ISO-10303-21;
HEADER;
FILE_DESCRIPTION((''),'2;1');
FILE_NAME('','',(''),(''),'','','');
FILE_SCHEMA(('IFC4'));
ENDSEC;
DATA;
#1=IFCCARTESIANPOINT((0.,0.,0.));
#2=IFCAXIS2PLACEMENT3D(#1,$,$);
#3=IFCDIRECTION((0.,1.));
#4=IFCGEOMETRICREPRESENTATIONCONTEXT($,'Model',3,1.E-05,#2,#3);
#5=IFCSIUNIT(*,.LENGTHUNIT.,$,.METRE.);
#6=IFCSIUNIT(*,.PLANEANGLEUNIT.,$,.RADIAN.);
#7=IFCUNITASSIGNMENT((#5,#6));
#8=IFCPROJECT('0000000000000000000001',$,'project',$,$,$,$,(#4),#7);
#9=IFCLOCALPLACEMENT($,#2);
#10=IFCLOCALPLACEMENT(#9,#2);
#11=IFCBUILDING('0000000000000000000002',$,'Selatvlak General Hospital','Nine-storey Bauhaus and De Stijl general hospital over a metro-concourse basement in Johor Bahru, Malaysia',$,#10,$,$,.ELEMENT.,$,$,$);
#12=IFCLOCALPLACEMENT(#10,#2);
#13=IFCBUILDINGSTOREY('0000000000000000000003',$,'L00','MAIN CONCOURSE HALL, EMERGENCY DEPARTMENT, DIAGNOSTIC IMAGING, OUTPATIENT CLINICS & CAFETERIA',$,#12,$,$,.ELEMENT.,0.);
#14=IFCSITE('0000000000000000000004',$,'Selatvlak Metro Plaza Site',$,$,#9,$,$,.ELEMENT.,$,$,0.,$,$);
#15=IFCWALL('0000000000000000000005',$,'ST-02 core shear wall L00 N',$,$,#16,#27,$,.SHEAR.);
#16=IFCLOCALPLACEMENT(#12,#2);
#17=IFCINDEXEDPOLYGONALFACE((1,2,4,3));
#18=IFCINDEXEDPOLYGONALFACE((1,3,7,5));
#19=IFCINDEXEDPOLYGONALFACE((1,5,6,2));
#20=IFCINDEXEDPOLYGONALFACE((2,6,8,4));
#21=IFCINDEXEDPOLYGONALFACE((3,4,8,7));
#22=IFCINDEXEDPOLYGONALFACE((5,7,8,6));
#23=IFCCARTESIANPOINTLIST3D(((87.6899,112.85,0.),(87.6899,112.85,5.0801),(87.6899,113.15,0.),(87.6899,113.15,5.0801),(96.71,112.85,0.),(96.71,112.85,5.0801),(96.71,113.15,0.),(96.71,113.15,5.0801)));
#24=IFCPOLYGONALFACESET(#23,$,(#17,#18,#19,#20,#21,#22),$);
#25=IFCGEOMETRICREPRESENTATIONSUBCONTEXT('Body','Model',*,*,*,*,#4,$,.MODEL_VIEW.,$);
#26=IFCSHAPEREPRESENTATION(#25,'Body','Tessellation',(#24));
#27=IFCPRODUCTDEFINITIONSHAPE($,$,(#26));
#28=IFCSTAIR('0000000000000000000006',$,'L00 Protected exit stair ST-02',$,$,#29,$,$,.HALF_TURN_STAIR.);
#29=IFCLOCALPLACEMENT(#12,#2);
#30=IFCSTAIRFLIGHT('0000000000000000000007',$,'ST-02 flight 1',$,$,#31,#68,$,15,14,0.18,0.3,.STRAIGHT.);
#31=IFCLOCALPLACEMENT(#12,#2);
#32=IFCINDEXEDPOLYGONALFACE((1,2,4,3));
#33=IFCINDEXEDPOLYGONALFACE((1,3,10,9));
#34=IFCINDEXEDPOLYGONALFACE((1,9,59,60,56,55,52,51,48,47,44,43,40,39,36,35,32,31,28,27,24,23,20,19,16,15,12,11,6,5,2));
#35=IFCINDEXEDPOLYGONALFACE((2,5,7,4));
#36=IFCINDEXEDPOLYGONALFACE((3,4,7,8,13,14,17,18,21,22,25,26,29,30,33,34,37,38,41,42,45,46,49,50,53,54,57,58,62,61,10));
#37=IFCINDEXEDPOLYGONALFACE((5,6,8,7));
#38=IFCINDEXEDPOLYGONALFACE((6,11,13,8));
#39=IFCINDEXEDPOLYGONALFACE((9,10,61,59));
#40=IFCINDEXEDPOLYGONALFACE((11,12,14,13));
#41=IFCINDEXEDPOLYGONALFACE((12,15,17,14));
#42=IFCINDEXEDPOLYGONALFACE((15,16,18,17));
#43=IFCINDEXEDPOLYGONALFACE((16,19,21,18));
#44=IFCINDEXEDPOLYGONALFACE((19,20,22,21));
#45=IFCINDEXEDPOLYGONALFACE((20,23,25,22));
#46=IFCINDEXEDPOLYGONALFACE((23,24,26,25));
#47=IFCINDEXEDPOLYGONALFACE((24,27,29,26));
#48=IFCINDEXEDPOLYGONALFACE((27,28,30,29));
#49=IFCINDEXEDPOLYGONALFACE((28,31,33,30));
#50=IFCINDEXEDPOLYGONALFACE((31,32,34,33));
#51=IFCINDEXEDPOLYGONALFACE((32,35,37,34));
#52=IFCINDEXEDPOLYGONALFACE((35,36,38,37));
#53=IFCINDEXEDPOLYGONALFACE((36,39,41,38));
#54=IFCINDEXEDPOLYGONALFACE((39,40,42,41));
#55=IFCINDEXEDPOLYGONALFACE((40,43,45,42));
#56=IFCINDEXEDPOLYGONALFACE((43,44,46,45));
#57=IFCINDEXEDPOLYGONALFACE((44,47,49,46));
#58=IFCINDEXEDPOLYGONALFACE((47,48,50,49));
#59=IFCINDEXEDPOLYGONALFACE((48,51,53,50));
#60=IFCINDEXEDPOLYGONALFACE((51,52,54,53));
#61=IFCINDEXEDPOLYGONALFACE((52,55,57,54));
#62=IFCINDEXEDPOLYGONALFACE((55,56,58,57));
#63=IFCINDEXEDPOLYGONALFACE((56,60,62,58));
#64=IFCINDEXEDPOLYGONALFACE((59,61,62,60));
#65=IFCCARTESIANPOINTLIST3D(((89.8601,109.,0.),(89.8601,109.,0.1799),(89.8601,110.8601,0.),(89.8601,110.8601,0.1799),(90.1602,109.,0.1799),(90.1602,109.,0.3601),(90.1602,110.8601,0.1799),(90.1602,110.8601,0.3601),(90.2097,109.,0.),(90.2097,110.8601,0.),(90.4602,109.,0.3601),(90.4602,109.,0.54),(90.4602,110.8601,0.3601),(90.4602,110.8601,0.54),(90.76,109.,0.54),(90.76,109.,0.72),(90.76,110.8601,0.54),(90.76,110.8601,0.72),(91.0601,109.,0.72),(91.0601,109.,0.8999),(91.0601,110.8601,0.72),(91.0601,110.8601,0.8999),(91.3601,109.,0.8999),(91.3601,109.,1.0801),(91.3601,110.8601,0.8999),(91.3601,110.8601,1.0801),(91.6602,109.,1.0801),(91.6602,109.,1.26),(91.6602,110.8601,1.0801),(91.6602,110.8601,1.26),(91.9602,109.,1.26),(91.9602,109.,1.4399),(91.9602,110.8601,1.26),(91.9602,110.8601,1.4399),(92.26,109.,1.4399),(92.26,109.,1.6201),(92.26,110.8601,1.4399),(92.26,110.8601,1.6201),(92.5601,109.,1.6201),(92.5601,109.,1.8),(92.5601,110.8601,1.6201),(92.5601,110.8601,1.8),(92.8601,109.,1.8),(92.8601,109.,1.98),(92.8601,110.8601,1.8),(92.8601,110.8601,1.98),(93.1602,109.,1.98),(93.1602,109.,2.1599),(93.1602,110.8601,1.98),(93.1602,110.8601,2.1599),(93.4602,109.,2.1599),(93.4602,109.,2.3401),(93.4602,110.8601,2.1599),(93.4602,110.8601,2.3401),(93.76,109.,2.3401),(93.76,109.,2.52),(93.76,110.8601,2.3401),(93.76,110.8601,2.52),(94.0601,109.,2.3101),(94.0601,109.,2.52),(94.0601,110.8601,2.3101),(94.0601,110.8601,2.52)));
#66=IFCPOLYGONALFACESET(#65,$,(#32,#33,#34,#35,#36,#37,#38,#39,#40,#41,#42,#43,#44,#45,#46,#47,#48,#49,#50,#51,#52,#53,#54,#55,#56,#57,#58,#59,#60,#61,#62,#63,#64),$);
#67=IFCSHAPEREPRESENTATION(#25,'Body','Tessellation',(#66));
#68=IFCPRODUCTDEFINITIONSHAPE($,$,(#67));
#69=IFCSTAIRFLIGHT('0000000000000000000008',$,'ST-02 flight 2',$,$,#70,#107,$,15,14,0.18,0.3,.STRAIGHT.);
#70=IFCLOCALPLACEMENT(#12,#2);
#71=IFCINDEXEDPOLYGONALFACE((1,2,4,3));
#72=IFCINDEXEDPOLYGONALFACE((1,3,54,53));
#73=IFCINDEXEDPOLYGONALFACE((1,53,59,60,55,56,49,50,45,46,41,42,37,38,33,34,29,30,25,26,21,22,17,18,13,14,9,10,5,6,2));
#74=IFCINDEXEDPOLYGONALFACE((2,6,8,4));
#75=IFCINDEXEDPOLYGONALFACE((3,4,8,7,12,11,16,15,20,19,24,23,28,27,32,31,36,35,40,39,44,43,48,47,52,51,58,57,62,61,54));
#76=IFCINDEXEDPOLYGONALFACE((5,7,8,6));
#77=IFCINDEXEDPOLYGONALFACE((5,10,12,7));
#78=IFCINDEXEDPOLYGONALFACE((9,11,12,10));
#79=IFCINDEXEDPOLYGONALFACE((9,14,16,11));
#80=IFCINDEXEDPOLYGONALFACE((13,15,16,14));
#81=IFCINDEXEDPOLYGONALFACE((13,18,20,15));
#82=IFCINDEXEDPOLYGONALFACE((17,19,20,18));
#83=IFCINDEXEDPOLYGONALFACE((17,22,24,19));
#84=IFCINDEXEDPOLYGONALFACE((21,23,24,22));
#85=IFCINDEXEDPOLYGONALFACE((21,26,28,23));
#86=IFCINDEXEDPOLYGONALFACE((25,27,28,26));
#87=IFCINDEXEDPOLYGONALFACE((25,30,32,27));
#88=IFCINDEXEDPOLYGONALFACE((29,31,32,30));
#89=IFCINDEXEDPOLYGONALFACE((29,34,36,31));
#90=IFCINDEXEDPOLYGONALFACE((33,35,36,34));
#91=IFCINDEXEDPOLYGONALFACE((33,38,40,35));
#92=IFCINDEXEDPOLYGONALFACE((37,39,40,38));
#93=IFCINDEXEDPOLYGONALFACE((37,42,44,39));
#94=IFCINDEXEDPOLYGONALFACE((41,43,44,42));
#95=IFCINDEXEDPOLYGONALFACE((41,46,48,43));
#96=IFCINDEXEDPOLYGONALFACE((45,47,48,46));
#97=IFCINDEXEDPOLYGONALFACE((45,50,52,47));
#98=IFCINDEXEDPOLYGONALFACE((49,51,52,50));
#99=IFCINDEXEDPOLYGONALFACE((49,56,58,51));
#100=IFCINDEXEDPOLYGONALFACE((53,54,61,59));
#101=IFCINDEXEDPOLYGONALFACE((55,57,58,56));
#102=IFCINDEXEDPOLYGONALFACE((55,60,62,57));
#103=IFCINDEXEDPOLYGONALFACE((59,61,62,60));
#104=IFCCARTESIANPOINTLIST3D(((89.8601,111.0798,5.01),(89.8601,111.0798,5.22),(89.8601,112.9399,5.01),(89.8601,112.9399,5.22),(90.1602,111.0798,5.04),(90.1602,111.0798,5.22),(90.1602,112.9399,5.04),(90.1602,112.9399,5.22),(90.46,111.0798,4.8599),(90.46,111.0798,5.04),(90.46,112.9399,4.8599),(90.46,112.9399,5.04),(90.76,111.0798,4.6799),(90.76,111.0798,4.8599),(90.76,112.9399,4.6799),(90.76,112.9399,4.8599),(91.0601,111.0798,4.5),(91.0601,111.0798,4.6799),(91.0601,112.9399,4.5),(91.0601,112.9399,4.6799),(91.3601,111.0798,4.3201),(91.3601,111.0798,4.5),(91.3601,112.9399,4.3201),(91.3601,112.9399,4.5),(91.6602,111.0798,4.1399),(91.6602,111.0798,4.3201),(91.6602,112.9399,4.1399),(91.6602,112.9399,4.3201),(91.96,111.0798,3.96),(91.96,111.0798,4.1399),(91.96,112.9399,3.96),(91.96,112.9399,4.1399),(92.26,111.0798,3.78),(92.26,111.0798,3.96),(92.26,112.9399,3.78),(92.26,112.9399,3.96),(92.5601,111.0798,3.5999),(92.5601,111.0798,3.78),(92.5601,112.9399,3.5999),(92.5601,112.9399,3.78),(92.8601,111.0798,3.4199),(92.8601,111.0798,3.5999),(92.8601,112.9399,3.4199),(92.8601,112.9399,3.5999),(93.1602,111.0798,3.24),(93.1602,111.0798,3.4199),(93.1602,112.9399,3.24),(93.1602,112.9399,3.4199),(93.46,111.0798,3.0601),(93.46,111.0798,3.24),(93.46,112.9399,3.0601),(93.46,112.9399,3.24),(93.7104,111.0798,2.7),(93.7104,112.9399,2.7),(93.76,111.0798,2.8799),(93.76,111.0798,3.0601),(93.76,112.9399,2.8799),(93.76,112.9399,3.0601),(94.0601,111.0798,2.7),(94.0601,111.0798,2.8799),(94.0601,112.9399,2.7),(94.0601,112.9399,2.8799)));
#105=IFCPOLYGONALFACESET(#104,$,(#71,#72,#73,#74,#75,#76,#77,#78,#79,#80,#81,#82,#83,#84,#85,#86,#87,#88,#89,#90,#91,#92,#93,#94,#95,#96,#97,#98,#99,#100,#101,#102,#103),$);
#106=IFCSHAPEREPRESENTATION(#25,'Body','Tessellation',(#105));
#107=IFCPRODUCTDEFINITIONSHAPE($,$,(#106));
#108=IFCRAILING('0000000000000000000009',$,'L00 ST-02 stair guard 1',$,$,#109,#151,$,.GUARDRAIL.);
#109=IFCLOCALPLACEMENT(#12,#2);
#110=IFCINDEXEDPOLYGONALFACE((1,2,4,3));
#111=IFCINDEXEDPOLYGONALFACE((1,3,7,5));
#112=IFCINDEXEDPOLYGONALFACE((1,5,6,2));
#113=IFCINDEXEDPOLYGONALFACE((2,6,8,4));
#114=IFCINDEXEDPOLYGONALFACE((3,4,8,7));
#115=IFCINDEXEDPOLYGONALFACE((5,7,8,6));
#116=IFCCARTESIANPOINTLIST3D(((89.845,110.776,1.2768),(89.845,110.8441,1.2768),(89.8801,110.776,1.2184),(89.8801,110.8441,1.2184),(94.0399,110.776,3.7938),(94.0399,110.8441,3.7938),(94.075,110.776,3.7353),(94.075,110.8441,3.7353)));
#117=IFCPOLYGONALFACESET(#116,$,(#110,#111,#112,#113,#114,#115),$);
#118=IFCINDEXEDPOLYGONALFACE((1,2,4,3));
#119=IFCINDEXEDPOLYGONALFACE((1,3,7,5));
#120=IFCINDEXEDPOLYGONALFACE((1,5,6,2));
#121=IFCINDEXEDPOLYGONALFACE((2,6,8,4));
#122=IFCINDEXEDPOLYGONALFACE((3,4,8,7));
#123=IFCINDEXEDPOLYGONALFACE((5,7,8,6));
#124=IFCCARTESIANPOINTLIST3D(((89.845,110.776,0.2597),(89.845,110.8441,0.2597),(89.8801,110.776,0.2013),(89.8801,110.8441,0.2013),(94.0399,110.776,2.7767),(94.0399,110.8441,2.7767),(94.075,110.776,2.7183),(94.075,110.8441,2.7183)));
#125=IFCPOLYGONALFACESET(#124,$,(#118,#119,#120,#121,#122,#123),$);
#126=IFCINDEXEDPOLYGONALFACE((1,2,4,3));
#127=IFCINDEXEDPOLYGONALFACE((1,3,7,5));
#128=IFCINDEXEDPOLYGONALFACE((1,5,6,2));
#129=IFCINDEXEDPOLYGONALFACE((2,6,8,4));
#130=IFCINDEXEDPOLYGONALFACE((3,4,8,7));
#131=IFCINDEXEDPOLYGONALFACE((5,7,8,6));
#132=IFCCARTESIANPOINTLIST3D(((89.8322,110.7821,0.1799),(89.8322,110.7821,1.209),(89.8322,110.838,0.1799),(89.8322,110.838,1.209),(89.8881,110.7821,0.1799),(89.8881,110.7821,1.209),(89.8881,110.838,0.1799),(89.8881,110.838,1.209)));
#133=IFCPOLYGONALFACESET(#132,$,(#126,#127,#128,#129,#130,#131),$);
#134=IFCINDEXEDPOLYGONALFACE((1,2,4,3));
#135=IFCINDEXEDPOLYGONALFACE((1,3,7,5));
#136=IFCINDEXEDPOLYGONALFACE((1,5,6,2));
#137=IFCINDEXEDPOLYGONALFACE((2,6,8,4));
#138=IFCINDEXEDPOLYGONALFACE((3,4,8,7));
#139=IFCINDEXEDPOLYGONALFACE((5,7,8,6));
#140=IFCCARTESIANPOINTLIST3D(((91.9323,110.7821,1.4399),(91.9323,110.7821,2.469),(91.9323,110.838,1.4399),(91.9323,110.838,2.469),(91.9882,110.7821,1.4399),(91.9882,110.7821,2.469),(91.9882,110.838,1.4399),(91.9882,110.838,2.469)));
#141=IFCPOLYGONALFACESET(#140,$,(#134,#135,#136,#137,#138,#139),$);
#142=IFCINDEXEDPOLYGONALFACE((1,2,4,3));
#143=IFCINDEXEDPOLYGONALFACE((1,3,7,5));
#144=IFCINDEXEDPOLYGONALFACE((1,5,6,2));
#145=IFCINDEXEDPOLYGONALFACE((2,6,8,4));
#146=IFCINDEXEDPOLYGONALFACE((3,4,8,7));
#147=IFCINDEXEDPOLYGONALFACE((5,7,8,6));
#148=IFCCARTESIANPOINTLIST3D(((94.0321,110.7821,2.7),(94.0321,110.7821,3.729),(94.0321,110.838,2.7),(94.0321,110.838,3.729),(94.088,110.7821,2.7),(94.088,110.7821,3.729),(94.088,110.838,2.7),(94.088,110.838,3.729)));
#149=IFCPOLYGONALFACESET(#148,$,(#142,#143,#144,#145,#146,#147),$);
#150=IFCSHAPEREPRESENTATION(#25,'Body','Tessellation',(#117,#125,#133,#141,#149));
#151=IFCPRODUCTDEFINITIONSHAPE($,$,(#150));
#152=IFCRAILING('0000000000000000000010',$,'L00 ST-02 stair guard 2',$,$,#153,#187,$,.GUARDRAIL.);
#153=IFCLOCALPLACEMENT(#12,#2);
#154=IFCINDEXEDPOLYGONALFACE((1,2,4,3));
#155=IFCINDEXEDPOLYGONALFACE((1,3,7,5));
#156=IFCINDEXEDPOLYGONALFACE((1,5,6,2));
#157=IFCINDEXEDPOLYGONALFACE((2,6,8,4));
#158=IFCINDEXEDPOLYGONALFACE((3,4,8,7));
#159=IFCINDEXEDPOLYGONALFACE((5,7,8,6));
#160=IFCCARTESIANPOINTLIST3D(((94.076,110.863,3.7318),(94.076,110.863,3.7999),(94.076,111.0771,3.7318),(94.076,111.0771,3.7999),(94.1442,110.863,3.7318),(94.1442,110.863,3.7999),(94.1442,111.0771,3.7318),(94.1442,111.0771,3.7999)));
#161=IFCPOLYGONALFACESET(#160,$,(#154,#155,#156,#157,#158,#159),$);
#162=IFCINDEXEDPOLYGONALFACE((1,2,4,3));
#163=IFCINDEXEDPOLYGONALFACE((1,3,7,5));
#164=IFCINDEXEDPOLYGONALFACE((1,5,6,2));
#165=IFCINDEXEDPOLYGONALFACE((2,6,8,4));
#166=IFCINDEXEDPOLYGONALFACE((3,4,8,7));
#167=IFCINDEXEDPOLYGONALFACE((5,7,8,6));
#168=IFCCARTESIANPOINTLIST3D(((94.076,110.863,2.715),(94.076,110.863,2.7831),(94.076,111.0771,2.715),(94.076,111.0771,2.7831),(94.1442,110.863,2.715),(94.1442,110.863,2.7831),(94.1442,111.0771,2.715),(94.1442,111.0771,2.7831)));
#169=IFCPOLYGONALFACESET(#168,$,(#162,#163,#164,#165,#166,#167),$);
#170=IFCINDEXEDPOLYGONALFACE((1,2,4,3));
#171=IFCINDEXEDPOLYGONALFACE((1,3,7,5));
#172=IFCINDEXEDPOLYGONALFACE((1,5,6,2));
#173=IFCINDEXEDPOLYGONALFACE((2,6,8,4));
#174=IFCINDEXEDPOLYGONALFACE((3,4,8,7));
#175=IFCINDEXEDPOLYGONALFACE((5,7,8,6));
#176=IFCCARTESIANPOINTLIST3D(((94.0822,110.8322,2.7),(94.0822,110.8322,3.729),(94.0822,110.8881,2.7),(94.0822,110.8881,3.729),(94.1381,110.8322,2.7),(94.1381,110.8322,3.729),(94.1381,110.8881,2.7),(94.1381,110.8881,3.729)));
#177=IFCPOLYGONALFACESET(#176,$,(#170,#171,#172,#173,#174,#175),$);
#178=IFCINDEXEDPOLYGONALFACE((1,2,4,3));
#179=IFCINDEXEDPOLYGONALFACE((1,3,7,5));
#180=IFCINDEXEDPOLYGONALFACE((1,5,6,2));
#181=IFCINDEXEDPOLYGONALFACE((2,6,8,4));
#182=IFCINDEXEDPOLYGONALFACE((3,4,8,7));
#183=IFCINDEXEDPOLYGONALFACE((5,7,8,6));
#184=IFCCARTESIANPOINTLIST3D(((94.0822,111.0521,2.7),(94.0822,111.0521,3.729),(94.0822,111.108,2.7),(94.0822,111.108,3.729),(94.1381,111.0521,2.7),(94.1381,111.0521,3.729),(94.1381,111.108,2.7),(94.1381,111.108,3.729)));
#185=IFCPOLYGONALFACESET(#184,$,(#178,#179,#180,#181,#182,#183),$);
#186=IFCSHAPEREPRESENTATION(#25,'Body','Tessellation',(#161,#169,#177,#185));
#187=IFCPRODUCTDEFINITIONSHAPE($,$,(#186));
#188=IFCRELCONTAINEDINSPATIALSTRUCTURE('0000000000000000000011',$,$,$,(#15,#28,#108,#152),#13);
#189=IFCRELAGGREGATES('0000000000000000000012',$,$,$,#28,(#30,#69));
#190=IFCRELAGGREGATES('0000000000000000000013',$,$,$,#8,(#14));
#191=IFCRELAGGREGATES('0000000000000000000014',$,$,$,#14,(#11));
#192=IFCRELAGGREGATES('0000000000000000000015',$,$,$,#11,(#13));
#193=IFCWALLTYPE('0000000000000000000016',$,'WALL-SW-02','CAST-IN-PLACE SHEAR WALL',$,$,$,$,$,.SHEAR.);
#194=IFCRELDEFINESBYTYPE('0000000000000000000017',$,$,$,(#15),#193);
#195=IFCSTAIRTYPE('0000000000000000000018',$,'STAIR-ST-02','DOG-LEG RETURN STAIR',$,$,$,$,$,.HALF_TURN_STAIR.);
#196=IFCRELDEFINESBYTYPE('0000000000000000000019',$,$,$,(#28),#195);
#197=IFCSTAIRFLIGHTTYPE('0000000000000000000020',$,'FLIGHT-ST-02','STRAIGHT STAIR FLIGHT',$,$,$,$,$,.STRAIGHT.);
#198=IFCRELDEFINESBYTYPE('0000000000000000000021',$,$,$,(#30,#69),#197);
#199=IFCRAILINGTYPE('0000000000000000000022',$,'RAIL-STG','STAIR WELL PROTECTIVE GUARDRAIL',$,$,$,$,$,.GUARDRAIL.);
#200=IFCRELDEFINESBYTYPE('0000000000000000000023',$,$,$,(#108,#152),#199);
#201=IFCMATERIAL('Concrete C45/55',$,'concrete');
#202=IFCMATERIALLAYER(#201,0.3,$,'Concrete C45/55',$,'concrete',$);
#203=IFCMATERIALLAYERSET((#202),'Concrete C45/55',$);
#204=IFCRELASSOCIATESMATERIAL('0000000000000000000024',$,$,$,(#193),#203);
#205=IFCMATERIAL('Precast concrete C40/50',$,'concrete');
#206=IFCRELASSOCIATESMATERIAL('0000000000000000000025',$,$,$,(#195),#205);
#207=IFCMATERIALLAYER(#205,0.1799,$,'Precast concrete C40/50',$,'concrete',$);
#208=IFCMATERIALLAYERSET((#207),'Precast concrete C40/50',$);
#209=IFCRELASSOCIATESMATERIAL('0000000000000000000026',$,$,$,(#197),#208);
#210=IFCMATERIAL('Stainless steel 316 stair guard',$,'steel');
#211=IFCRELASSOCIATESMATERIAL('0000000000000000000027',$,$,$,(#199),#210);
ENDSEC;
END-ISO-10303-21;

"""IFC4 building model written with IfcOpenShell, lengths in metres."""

from ifc_helpers import new_model, si_unit, direction, frame, frame_2d, origin, origin_2d, place, context, subcontext, project, spatial, polyline, rectangle, outline, extrude, material, layer, layer_set, type_object, element, aggregate, save


model = new_model("IFC4")

# Units and contexts
model_context = context("Model", 3, precision=1e-05, world=origin(), true_north=direction((0.0, 1.0)))
body_context = subcontext(model_context, "Body", "Model", "MODEL_VIEW")
ifc_project = project(units=[si_unit("LENGTHUNIT", "METRE"), si_unit("PLANEANGLEUNIT", "RADIAN")], contexts=[model_context])

# Site, building, storey
site_placement = place(None, origin())
site = spatial("IfcSite", under=ifc_project, at=site_placement, Name="Selatvlak Metro Plaza Site", CompositionType="ELEMENT", RefElevation=0.0)
building_placement = place(site_placement, origin())
building = spatial("IfcBuilding", under=site, at=building_placement, Name="Selatvlak General Hospital", Description="Nine-storey Bauhaus and De Stijl general hospital over a metro-concourse basement in Johor Bahru, Malaysia", CompositionType="ELEMENT")
storey_placement = place(building_placement, origin())
storey = spatial("IfcBuildingStorey", under=building, at=storey_placement, Name="L00", Description="MAIN CONCOURSE HALL, EMERGENCY DEPARTMENT, DIAGNOSTIC IMAGING, OUTPATIENT CLINICS & CAFETERIA", CompositionType="ELEMENT", Elevation=0.0)

# Wall
ifc_material_1 = material(Name="Concrete C45/55", Category="concrete")
ifc_layer_1 = layer(ifc_material_1, 0.3, Name="Concrete C45/55", Category="concrete")
ifc_layer_set_1 = layer_set([ifc_layer_1], Name="Concrete C45/55")
wall_type_1 = type_object("IfcWallType", Name="WALL-SW-02", Description="CAST-IN-PLACE SHEAR WALL", PredefinedType="SHEAR", material=ifc_layer_set_1)
wall_1_placement = place(storey_placement, frame((96.71, 113.0, 0.0), z_axis=(0.0, 0.0, 1.0), x_axis=(-1.0, 0.0, 0.0)))
element("IfcWall", 1, at=wall_1_placement, inside=storey, type_object=wall_type_1, Name="ST-02 core shear wall L00 N", PredefinedType="SHEAR", context=body_context, shape_type="SweptSolid", body=[
    extrude(rectangle(XDim=9.02, YDim=0.3, at=frame_2d((4.51, 0.0))), origin(), (0.0, 0.0, 1.0), 5.0801),
])

# Stair, stair flights
ifc_material_2 = material(Name="Precast concrete C40/50", Category="concrete")
stair_type = type_object("IfcStairType", Name="STAIR-ST-02", Description="DOG-LEG RETURN STAIR", PredefinedType="HALF_TURN_STAIR", material=ifc_material_2)
stair_placement = place(storey_placement, origin())
stair = element("IfcStair", 2, at=stair_placement, inside=storey, type_object=stair_type, Name="L00 Protected exit stair ST-02", PredefinedType="HALF_TURN_STAIR")
ifc_layer_2 = layer(ifc_material_2, 0.1799, Name="Precast concrete C40/50", Category="concrete")
ifc_layer_set_2 = layer_set([ifc_layer_2], Name="Precast concrete C40/50")
stair_flight_type = type_object("IfcStairFlightType", Name="FLIGHT-ST-02", Description="STRAIGHT STAIR FLIGHT", PredefinedType="STRAIGHT", material=ifc_layer_set_2)
stair_flight_1_placement = place(storey_placement, frame((89.8601, 109.9299, 0.0), z_axis=(0.0, 0.0, 1.0), x_axis=(1.0, 0.0, 0.0)))
stair_flight_1 = element("IfcStairFlight", 3, at=stair_flight_1_placement, type_object=stair_flight_type, Name="ST-02 flight 1", NumberOfRisers=15, NumberOfTreads=14, PredefinedType="STRAIGHT", RiserHeight=0.18, TreadLength=0.3, context=body_context, shape_type="SweptSolid", body=[
    extrude(outline(polyline([(0.0, 0.0), (0.0, 0.1799), (0.3, 0.1799), (0.3, 0.3601), (0.6001, 0.3601), (0.6001, 0.54), (0.8999, 0.54), (0.8999, 0.72), (1.2, 0.72), (1.2, 0.8999), (1.5, 0.8999), (1.5, 1.0801), (1.8, 1.0801), (1.8, 1.26), (2.1001, 1.26), (2.1001, 1.4399), (2.3999, 1.4399), (2.3999, 1.6201), (2.7, 1.6201), (2.7, 1.8), (3.0, 1.8), (3.0, 1.98), (3.3, 1.98), (3.3, 2.1599), (3.6001, 2.1599), (3.6001, 2.3401), (3.8999, 2.3401), (3.8999, 2.52), (4.2, 2.52), (4.2, 2.7), (4.2, 2.3101), (0.3496, 0.0), (0.0, 0.0)])), frame((0.0, 0.9302, 0.0), z_axis=(0.0, -1.0, 0.0), x_axis=(1.0, 0.0, 0.0)), (0.0, 0.0, 1.0), 1.8601),
])
stair_flight_2_placement = place(storey_placement, frame((94.0601, 112.01, 2.7), z_axis=(0.0, 0.0, 1.0), x_axis=(-1.0, 0.0, 0.0)))
stair_flight_2 = element("IfcStairFlight", 4, at=stair_flight_2_placement, type_object=stair_flight_type, Name="ST-02 flight 2", NumberOfRisers=15, NumberOfTreads=14, PredefinedType="STRAIGHT", RiserHeight=0.18, TreadLength=0.3, context=body_context, shape_type="SweptSolid", body=[
    extrude(outline(polyline([(0.0, 0.0), (0.0, 0.1799), (0.3, 0.1799), (0.3, 0.3601), (0.6001, 0.3601), (0.6001, 0.54), (0.8999, 0.54), (0.8999, 0.72), (1.2, 0.72), (1.2, 0.8999), (1.5, 0.8999), (1.5, 1.0801), (1.8, 1.0801), (1.8, 1.26), (2.1001, 1.26), (2.1001, 1.4399), (2.3999, 1.4399), (2.3999, 1.6201), (2.7, 1.6201), (2.7, 1.8), (3.0, 1.8), (3.0, 1.98), (3.3, 1.98), (3.3, 2.1599), (3.6001, 2.1599), (3.6001, 2.3401), (3.8999, 2.3401), (3.8999, 2.52), (4.2, 2.52), (4.2, 2.7), (4.2, 2.3101), (0.3496, 0.0), (0.0, 0.0)])), frame((0.0, 0.9302, 0.0), z_axis=(0.0, -1.0, 0.0), x_axis=(1.0, 0.0, 0.0)), (0.0, 0.0, 1.0), 1.8601),
])
aggregate(stair, [stair_flight_1, stair_flight_2])

# Railings
ifc_material_3 = material(Name="Stainless steel 316 stair guard", Category="steel")
railing_type_1 = type_object("IfcRailingType", Name="RAIL-STG", Description="STAIR WELL PROTECTIVE GUARDRAIL", PredefinedType="GUARDRAIL", material=ifc_material_3)
railing_1_placement = place(storey_placement, frame((89.8601, 110.8101, 0.1799)))
element("IfcRailing", 5, at=railing_1_placement, inside=storey, type_object=railing_type_1, Name="L00 ST-02 stair guard 1", PredefinedType="GUARDRAIL", context=body_context, shape_type="SweptSolid", body=[
    extrude(rectangle(XDim=0.0681, YDim=0.0681, at=origin_2d()), frame((0.0024, 0.0, 1.0676), z_axis=(0.857489, 0.0, 0.514503), x_axis=(0.0, 1.0, 0.0)), (0.0, 0.0, 1.0), 4.8921),
    extrude(rectangle(XDim=0.0681, YDim=0.0681, at=origin_2d()), frame((0.0024, 0.0, 0.0505), z_axis=(0.857489, 0.0, 0.514503), x_axis=(0.0, 1.0, 0.0)), (0.0, 0.0, 1.0), 4.8921),
    extrude(rectangle(XDim=0.0559, YDim=0.0559, at=origin_2d()), origin(), (0.0, 0.0, 1.0), 1.0291),
    extrude(rectangle(XDim=0.0559, YDim=0.0559, at=origin_2d()), frame((2.1001, 0.0, 1.26)), (0.0, 0.0, 1.0), 1.0291),
    extrude(rectangle(XDim=0.0559, YDim=0.0559, at=origin_2d()), frame((4.2, 0.0, 2.52)), (0.0, 0.0, 1.0), 1.0291),
])
railing_2_placement = place(storey_placement, frame((94.1101, 110.8601, 2.7)))
element("IfcRailing", 6, at=railing_2_placement, inside=storey, type_object=railing_type_1, Name="L00 ST-02 stair guard 2", PredefinedType="GUARDRAIL", context=body_context, shape_type="SweptSolid", body=[
    extrude(rectangle(XDim=0.0681, YDim=0.0681, at=origin_2d()), frame((0.0, 0.0029, 1.0659), z_axis=(0.0, 1.0, 0.0), x_axis=(-1.0, 0.0, 0.0)), (0.0, 0.0, 1.0), 0.2141),
    extrude(rectangle(XDim=0.0681, YDim=0.0681, at=origin_2d()), frame((0.0, 0.0029, 0.0491), z_axis=(0.0, 1.0, 0.0), x_axis=(-1.0, 0.0, 0.0)), (0.0, 0.0, 1.0), 0.2141),
    extrude(rectangle(XDim=0.0559, YDim=0.0559, at=origin_2d()), origin(), (0.0, 0.0, 1.0), 1.0291),
    extrude(rectangle(XDim=0.0559, YDim=0.0559, at=origin_2d()), frame((0.0, 0.22, 0.0)), (0.0, 0.0, 1.0), 1.0291),
])

save(model, "model.ifc")
